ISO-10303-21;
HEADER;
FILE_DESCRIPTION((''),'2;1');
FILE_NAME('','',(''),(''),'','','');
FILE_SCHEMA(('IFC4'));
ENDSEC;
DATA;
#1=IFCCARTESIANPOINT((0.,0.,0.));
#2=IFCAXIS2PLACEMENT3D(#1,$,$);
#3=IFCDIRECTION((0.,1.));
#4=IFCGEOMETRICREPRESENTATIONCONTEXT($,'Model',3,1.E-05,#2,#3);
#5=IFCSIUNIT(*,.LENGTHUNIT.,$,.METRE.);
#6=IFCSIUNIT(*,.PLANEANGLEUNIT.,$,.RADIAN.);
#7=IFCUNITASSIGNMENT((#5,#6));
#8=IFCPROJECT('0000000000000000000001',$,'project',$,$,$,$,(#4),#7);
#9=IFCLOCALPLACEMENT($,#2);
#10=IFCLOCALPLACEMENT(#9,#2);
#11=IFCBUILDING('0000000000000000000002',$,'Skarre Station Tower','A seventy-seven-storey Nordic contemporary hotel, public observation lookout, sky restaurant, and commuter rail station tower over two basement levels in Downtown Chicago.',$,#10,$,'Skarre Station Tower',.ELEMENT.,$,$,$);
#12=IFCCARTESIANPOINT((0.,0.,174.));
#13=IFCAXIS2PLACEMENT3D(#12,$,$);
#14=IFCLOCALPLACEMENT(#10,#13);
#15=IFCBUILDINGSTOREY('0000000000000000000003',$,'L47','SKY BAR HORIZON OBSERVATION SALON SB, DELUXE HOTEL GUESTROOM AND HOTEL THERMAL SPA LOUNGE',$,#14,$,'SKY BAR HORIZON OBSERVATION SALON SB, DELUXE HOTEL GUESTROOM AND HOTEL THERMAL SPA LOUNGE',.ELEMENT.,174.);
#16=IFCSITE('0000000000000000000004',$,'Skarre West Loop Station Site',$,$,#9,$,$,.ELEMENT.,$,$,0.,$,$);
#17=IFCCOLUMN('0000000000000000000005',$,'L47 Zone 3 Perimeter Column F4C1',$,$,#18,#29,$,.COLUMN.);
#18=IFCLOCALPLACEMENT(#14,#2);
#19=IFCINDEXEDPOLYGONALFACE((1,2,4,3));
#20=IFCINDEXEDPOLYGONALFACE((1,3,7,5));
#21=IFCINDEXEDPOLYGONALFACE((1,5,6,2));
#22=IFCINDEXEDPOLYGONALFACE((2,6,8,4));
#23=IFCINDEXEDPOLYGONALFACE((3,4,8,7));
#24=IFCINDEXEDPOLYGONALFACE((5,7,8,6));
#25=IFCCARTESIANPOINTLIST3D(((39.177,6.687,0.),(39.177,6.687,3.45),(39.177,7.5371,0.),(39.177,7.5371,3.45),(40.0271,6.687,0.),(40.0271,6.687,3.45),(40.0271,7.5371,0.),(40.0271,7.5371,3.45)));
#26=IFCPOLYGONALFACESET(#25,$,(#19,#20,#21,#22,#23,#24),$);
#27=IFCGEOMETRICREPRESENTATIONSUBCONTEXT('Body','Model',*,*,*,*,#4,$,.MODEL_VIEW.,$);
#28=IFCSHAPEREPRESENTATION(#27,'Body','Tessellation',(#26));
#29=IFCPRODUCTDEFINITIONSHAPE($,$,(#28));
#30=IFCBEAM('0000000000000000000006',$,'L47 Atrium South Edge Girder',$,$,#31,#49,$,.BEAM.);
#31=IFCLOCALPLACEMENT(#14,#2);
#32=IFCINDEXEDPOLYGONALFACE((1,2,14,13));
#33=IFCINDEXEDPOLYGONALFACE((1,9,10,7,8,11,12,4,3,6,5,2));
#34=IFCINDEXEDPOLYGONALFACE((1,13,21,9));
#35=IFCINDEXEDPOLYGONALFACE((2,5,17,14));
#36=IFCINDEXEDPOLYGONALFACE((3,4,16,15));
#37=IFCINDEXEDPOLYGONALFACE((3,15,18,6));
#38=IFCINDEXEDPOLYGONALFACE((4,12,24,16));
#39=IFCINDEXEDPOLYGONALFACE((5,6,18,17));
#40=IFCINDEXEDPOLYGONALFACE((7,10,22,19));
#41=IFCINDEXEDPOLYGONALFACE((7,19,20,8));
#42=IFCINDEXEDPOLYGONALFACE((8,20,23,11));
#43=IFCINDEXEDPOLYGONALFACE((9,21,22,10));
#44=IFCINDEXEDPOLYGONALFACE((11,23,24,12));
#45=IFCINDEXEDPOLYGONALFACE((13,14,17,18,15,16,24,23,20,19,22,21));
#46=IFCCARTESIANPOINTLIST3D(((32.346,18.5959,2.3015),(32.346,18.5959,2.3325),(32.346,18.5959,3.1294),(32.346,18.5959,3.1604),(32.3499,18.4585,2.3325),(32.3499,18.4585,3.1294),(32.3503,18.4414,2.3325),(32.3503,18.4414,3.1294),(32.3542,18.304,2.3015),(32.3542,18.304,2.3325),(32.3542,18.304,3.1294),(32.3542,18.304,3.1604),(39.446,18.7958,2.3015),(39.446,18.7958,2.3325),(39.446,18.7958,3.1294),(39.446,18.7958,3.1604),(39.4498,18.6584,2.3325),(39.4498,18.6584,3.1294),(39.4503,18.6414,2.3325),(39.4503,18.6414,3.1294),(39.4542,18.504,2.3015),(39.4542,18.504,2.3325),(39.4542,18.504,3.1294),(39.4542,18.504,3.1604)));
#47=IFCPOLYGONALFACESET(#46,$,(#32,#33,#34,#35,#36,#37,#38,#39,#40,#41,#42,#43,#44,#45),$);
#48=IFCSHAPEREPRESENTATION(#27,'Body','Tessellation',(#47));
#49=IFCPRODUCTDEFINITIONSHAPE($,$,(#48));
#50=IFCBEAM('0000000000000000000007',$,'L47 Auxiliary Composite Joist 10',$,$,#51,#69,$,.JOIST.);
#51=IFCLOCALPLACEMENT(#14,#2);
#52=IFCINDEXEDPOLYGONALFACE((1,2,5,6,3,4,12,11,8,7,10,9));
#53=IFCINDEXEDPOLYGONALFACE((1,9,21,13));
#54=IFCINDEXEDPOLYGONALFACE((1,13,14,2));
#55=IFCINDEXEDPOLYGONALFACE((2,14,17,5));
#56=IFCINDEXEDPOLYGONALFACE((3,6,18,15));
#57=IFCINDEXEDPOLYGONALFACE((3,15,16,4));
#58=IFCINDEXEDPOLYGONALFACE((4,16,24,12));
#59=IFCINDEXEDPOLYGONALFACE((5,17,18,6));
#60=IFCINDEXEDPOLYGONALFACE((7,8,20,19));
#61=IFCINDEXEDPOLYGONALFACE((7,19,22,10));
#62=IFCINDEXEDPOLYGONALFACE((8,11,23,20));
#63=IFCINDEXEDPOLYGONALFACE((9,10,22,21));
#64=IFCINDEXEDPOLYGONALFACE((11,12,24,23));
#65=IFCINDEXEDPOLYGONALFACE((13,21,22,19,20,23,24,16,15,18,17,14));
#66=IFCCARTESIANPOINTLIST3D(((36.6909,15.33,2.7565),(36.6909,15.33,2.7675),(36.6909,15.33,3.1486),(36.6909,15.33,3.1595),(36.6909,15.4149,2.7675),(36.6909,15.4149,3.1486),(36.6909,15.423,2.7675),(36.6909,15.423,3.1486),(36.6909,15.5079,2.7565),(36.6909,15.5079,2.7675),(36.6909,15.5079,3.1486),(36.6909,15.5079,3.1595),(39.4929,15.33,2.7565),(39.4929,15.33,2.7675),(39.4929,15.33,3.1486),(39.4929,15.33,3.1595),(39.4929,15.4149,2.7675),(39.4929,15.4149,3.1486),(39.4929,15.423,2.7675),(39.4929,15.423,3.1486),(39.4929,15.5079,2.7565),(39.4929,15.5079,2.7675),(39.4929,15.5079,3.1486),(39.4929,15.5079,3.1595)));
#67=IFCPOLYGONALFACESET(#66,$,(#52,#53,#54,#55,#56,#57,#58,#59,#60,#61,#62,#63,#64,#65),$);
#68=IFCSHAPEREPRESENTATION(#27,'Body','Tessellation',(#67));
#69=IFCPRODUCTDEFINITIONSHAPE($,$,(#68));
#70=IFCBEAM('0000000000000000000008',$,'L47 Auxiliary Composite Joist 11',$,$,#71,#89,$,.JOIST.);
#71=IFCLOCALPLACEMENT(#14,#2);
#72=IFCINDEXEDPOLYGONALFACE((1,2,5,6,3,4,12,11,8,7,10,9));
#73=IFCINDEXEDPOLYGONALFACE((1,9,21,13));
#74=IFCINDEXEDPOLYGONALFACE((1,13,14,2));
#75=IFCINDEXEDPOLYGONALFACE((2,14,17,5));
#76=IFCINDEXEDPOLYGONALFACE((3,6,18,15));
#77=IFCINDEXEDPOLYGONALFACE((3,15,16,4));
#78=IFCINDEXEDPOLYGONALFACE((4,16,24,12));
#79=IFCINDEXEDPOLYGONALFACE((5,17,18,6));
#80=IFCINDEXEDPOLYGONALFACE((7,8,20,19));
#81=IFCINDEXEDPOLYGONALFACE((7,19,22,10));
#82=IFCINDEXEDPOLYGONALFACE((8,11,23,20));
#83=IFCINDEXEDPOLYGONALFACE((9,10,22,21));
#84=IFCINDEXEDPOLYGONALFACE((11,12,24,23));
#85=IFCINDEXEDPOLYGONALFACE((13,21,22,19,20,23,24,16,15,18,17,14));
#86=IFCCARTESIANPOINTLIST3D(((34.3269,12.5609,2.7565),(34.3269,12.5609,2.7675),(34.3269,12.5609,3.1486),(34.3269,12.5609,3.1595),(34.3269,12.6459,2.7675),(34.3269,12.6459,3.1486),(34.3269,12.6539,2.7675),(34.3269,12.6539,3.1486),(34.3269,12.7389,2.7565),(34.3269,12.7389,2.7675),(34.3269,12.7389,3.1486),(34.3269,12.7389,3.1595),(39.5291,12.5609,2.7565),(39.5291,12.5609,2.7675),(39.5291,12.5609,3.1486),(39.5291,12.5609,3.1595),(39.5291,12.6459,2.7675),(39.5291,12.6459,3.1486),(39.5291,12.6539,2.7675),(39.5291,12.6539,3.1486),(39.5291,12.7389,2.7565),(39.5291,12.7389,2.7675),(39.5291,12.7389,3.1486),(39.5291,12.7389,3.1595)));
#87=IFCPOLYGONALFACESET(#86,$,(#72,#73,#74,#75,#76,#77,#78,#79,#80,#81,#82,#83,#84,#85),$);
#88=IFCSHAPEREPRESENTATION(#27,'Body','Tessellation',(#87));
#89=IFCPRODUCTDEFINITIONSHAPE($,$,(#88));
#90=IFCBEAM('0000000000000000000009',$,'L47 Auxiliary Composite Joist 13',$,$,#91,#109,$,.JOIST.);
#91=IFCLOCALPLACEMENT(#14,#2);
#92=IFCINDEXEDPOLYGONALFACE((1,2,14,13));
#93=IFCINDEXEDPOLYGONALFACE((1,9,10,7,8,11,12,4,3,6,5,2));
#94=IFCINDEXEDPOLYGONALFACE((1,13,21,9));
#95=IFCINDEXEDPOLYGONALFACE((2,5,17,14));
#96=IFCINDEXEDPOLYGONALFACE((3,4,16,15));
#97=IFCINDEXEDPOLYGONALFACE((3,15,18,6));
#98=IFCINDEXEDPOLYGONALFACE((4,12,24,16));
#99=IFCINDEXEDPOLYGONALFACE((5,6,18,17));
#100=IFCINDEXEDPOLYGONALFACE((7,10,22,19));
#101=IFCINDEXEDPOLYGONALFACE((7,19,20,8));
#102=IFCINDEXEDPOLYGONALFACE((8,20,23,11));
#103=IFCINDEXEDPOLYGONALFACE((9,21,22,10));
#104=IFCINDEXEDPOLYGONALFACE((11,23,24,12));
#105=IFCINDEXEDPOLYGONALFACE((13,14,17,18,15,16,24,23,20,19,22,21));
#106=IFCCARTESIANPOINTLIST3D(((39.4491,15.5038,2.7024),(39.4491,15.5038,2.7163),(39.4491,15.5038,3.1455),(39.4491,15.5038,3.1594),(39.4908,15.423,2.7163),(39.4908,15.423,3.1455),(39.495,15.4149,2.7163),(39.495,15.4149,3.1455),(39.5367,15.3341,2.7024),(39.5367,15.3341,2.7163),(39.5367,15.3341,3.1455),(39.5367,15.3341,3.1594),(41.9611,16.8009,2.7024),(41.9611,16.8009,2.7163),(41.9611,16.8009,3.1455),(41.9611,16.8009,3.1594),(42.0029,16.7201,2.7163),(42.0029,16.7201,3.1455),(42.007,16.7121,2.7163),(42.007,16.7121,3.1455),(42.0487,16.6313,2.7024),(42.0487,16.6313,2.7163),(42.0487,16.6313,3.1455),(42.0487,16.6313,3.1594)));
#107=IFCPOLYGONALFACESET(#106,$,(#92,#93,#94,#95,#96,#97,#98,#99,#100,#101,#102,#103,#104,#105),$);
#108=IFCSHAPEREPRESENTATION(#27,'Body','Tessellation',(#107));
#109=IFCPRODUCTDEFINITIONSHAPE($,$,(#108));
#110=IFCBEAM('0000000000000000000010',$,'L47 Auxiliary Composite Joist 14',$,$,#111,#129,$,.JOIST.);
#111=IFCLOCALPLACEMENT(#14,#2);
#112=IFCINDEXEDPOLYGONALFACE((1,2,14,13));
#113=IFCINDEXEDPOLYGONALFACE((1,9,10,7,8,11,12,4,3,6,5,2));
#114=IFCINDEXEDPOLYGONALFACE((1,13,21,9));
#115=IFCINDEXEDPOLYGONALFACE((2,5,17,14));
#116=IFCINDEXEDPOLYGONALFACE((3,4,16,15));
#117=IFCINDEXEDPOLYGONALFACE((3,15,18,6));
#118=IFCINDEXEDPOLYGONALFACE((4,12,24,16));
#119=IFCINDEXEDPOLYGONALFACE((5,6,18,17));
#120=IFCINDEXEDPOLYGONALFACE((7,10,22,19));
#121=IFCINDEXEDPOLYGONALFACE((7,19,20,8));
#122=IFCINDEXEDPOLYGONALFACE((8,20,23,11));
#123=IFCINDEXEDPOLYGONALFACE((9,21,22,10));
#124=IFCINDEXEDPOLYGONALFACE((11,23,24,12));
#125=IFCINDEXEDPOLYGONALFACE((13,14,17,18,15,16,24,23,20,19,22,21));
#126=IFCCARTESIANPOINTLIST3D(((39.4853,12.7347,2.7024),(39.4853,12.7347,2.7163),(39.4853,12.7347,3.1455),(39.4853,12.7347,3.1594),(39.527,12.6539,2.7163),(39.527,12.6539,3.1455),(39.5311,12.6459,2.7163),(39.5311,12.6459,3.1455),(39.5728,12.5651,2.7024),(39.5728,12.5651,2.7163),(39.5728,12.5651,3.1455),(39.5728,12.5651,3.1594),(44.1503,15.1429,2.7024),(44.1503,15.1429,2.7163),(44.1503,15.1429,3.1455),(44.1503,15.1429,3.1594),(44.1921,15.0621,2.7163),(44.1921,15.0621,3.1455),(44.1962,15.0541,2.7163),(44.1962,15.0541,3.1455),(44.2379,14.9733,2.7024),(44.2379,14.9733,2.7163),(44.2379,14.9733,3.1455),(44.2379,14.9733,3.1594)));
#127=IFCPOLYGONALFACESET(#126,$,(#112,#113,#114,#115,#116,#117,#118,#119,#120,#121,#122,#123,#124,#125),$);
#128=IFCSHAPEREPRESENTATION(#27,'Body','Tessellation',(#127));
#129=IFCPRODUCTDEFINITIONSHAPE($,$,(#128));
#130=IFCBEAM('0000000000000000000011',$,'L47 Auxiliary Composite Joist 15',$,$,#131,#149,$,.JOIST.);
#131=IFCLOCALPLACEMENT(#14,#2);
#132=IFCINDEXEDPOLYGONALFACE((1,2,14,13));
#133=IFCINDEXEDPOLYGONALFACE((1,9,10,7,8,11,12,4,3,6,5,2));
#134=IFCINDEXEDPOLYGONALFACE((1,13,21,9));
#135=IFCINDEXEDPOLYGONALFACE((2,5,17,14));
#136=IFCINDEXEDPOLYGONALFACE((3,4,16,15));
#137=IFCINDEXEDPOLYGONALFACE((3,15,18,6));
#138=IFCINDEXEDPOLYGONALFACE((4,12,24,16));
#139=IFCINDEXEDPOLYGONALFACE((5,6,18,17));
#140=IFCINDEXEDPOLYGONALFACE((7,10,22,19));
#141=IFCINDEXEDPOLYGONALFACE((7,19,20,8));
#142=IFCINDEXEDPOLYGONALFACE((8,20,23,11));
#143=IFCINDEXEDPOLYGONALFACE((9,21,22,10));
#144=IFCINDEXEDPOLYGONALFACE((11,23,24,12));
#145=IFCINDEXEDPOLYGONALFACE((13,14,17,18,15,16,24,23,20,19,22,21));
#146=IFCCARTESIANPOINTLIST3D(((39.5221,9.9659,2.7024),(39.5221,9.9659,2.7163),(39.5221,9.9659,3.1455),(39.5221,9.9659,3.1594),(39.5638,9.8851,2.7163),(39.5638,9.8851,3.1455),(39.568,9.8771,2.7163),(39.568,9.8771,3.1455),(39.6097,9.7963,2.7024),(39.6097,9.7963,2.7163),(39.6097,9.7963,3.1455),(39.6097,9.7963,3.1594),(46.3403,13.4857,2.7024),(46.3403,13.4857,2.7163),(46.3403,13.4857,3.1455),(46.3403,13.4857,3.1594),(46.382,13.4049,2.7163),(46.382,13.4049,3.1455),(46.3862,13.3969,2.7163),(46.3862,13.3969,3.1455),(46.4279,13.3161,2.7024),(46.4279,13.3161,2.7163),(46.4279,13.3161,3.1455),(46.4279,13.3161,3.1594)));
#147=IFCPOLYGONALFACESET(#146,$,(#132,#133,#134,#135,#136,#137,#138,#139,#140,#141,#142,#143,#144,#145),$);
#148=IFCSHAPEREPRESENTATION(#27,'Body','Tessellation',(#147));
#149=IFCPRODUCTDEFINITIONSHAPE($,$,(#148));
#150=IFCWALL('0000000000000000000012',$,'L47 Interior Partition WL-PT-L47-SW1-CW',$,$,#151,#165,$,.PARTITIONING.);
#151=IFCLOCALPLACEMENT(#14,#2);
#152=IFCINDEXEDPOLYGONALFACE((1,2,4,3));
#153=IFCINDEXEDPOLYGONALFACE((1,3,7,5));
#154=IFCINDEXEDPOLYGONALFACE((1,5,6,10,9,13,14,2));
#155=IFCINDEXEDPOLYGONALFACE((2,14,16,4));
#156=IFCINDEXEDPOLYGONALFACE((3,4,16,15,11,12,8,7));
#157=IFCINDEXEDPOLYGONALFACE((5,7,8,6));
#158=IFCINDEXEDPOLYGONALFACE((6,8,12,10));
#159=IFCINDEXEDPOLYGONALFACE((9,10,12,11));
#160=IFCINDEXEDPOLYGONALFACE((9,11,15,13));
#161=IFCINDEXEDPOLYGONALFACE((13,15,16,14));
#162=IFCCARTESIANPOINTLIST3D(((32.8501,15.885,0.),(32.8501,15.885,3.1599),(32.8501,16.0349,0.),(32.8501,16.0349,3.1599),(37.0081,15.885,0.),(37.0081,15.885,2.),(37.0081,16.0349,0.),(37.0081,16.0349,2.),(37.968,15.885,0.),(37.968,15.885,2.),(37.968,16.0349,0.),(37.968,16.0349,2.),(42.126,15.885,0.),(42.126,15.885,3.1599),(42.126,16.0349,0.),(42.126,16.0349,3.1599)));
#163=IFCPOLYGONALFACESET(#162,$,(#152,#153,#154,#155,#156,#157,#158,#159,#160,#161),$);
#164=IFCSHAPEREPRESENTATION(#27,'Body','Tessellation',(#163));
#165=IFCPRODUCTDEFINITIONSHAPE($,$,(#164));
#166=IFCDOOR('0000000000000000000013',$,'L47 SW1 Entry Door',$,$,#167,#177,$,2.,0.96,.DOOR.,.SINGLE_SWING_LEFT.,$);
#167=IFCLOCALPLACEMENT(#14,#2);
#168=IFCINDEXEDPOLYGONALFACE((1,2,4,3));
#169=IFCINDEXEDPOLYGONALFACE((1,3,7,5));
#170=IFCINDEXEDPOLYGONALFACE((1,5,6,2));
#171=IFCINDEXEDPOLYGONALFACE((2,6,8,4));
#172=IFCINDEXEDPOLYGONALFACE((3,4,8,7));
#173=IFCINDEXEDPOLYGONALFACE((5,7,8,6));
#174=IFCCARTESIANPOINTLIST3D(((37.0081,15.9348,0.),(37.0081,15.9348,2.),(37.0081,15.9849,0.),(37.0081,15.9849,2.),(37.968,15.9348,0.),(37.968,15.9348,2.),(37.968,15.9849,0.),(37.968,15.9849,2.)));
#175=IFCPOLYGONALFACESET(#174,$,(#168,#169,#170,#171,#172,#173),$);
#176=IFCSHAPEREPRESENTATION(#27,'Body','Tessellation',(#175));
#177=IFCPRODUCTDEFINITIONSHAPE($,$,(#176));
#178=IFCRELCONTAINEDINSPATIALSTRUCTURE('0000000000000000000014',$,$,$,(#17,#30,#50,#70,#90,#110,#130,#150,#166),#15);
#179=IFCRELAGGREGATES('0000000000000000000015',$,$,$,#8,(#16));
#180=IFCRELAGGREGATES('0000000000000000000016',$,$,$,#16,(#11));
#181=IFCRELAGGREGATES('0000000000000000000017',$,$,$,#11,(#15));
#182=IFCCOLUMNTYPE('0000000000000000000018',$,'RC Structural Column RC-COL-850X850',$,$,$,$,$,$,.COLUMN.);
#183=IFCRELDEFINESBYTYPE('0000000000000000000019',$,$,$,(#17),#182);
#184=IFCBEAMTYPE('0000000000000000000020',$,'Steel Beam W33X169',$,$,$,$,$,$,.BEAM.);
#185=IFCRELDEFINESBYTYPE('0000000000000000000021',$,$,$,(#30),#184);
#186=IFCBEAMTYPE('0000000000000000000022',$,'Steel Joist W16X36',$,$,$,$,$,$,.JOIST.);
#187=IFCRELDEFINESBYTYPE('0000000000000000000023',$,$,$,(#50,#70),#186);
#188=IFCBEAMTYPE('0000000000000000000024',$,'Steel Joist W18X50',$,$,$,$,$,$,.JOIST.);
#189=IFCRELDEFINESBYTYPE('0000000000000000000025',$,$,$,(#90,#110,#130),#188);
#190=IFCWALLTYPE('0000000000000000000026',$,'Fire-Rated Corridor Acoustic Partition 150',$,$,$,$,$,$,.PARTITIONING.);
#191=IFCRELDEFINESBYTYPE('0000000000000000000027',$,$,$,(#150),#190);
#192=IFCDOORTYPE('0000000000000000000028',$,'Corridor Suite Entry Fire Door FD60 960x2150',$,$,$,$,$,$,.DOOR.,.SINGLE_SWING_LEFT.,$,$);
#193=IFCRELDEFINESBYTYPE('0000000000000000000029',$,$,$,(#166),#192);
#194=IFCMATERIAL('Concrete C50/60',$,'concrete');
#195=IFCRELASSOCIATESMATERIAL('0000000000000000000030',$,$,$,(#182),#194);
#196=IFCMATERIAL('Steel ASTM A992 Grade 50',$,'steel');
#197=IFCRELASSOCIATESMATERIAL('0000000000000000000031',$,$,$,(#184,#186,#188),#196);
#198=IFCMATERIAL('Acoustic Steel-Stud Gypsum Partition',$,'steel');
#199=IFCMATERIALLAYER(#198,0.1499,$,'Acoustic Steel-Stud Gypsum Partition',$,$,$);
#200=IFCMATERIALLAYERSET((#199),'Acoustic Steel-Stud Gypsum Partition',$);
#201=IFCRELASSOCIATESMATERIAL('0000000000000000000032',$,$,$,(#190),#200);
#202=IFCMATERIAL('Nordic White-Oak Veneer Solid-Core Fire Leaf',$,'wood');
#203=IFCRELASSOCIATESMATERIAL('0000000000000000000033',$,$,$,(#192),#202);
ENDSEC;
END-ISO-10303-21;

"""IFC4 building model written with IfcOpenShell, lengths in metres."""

from ifc_helpers import new_model, si_unit, direction, frame, frame_2d, origin, origin_2d, place, context, subcontext, project, spatial, rectangle, i_section, extrude, material, layer, layer_set, material_profile, profile_set, type_object, element, fill, save


model = new_model("IFC4")

# Units and contexts
model_context = context("Model", 3, precision=1e-05, world=origin(), true_north=direction((0.0, 1.0)))
body_context = subcontext(model_context, "Body", "Model", "MODEL_VIEW")
ifc_project = project(units=[si_unit("LENGTHUNIT", "METRE"), si_unit("PLANEANGLEUNIT", "RADIAN")], contexts=[model_context])

# Site, building, storey
site_placement = place(None, origin())
site = spatial("IfcSite", under=ifc_project, at=site_placement, Name="Skarre West Loop Station Site", CompositionType="ELEMENT", RefElevation=0.0)
building_placement = place(site_placement, origin())
building = spatial("IfcBuilding", under=site, at=building_placement, Name="Skarre Station Tower", Description="A seventy-seven-storey Nordic contemporary hotel, public observation lookout, sky restaurant, and commuter rail station tower over two basement levels in Downtown Chicago.", LongName="Skarre Station Tower", CompositionType="ELEMENT")
storey_placement = place(building_placement, frame((0.0, 0.0, 174.0)))
storey = spatial("IfcBuildingStorey", under=building, at=storey_placement, Name="L47", Description="SKY BAR HORIZON OBSERVATION SALON SB, DELUXE HOTEL GUESTROOM AND HOTEL THERMAL SPA LOUNGE", LongName="SKY BAR HORIZON OBSERVATION SALON SB, DELUXE HOTEL GUESTROOM AND HOTEL THERMAL SPA LOUNGE", CompositionType="ELEMENT", Elevation=174.0)

# Column
ifc_material_1 = material(Name="Concrete C50/60", Category="concrete")
ifc_material_profile_1 = material_profile(ifc_material_1, rectangle(XDim=0.8501, YDim=0.8501, at=origin_2d()), Name="Concrete C50/60")
ifc_profile_set_1 = profile_set([ifc_material_profile_1], Name="Concrete C50/60")
column_type = type_object("IfcColumnType", Name="RC Structural Column RC-COL-850X850", PredefinedType="COLUMN", material=ifc_profile_set_1)
column_placement = place(storey_placement, frame((39.6021, 7.1121, 0.0), z_axis=(0.0, 0.0, 1.0), x_axis=(1.0, 0.0, 0.0)))
element("IfcColumn", 1, at=column_placement, inside=storey, type_object=column_type, Name="L47 Zone 3 Perimeter Column F4C1", PredefinedType="COLUMN", context=body_context, shape_type="SweptSolid", body=[
    extrude(rectangle(XDim=0.8501, YDim=0.8501, at=origin_2d()), origin(), (0.0, 0.0, 1.0), 3.45),
])

# Beams
ifc_material_2 = material(Name="Steel ASTM A992 Grade 50", Category="steel")
ifc_material_profile_2 = material_profile(ifc_material_2, i_section(OverallWidth=0.292, OverallDepth=0.8589, WebThickness=0.0171, FlangeThickness=0.031, at=origin_2d()), Name="Steel ASTM A992 Grade 50")
ifc_profile_set_2 = profile_set([ifc_material_profile_2], Name="Steel ASTM A992 Grade 50")
beam_type_1 = type_object("IfcBeamType", Name="Steel Beam W33X169", PredefinedType="BEAM", material=ifc_profile_set_2)
beam_1_placement = place(storey_placement, frame((32.3501, 18.45, 2.731), z_axis=(0.999604, 0.028152, 0.0), x_axis=(-0.028152, 0.999604, 0.0)))
element("IfcBeam", 2, at=beam_1_placement, inside=storey, type_object=beam_type_1, Name="L47 Atrium South Edge Girder", PredefinedType="BEAM", context=body_context, shape_type="SweptSolid", body=[
    extrude(i_section(OverallWidth=0.292, OverallDepth=0.8589, WebThickness=0.0171, FlangeThickness=0.031, at=origin_2d()), origin(), (0.0, 0.0, 1.0), 7.1028),
])
ifc_material_profile_3 = material_profile(ifc_material_2, i_section(OverallWidth=0.178, OverallDepth=0.4031, WebThickness=0.0081, FlangeThickness=0.011, at=origin_2d()), Name="Steel ASTM A992 Grade 50")
ifc_profile_set_3 = profile_set([ifc_material_profile_3], Name="Steel ASTM A992 Grade 50")
beam_type_2 = type_object("IfcBeamType", Name="Steel Joist W16X36", PredefinedType="JOIST", material=ifc_profile_set_3)
beam_2_placement = place(storey_placement, frame((36.6909, 15.4189, 2.958), z_axis=(1.0, 0.0, 0.0), x_axis=(0.0, 1.0, 0.0)))
element("IfcBeam", 3, at=beam_2_placement, inside=storey, type_object=beam_type_2, Name="L47 Auxiliary Composite Joist 10", PredefinedType="JOIST", context=body_context, shape_type="SweptSolid", body=[
    extrude(i_section(OverallWidth=0.178, OverallDepth=0.4031, WebThickness=0.0081, FlangeThickness=0.011, at=origin_2d()), origin(), (0.0, 0.0, 1.0), 2.802),
])
beam_3_placement = place(storey_placement, frame((34.3269, 12.6499, 2.958), z_axis=(1.0, 0.0, 0.0), x_axis=(0.0, 1.0, 0.0)))
element("IfcBeam", 4, at=beam_3_placement, inside=storey, type_object=beam_type_2, Name="L47 Auxiliary Composite Joist 11", PredefinedType="JOIST", context=body_context, shape_type="SweptSolid", body=[
    extrude(i_section(OverallWidth=0.178, OverallDepth=0.4031, WebThickness=0.0081, FlangeThickness=0.011, at=origin_2d()), origin(), (0.0, 0.0, 1.0), 5.2021),
])
ifc_material_profile_4 = material_profile(ifc_material_2, i_section(OverallWidth=0.1909, OverallDepth=0.457, WebThickness=0.009, FlangeThickness=0.0139, at=origin_2d()), Name="Steel ASTM A992 Grade 50")
ifc_profile_set_4 = profile_set([ifc_material_profile_4], Name="Steel ASTM A992 Grade 50")
beam_type_3 = type_object("IfcBeamType", Name="Steel Joist W18X50", PredefinedType="JOIST", material=ifc_profile_set_4)
beam_4_placement = place(storey_placement, frame((39.4929, 15.4189, 2.9309), z_axis=(0.888531, 0.458817, 0.0), x_axis=(-0.458817, 0.888531, 0.0)))
element("IfcBeam", 5, at=beam_4_placement, inside=storey, type_object=beam_type_3, Name="L47 Auxiliary Composite Joist 13", PredefinedType="JOIST", context=body_context, shape_type="SweptSolid", body=[
    extrude(i_section(OverallWidth=0.1909, OverallDepth=0.457, WebThickness=0.009, FlangeThickness=0.0139, at=origin_2d()), origin(), (0.0, 0.0, 1.0), 2.8271),
])
beam_5_placement = place(storey_placement, frame((39.5291, 12.6499, 2.9309), z_axis=(0.888586, 0.458709, 0.0), x_axis=(-0.458709, 0.888586, 0.0)))
element("IfcBeam", 6, at=beam_5_placement, inside=storey, type_object=beam_type_3, Name="L47 Auxiliary Composite Joist 14", PredefinedType="JOIST", context=body_context, shape_type="SweptSolid", body=[
    extrude(i_section(OverallWidth=0.1909, OverallDepth=0.457, WebThickness=0.009, FlangeThickness=0.0139, at=origin_2d()), origin(), (0.0, 0.0, 1.0), 5.25),
])
beam_6_placement = place(storey_placement, frame((39.5659, 9.8811, 2.9309), z_axis=(0.888581, 0.45872, 0.0), x_axis=(-0.45872, 0.888581, 0.0)))
element("IfcBeam", 7, at=beam_6_placement, inside=storey, type_object=beam_type_3, Name="L47 Auxiliary Composite Joist 15", PredefinedType="JOIST", context=body_context, shape_type="SweptSolid", body=[
    extrude(i_section(OverallWidth=0.1909, OverallDepth=0.457, WebThickness=0.009, FlangeThickness=0.0139, at=origin_2d()), origin(), (0.0, 0.0, 1.0), 7.6731),
])

# Wall, opening, door
ifc_material_3 = material(Name="Acoustic Steel-Stud Gypsum Partition", Category="steel")
ifc_layer_1 = layer(ifc_material_3, 0.1499, Name="Acoustic Steel-Stud Gypsum Partition")
ifc_layer_set_1 = layer_set([ifc_layer_1], Name="Acoustic Steel-Stud Gypsum Partition")
wall_type_1 = type_object("IfcWallType", Name="Fire-Rated Corridor Acoustic Partition 150", PredefinedType="PARTITIONING", material=ifc_layer_set_1)
wall_1_placement = place(storey_placement, frame((32.8501, 15.96, 0.0), z_axis=(0.0, 0.0, 1.0), x_axis=(1.0, 0.0, 0.0)))
wall_1 = element("IfcWall", 8, at=wall_1_placement, inside=storey, type_object=wall_type_1, Name="L47 Interior Partition WL-PT-L47-SW1-CW", PredefinedType="PARTITIONING", context=body_context, shape_type="SweptSolid", body=[
    extrude(rectangle(XDim=9.2759, YDim=0.1499, at=frame_2d((4.6379, 0.0))), origin(), (0.0, 0.0, 1.0), 3.1599),
])
opening_1_placement = place(wall_1_placement, frame((4.158, 0.0, 0.0)))
opening_1 = element("IfcOpeningElement", 9, at=opening_1_placement, cuts=wall_1, PredefinedType="OPENING", context=body_context, shape_type="SweptSolid", body=[
    extrude(rectangle(XDim=0.96, YDim=2.0, at=frame_2d((0.48, 1.0))), frame((0.0, 0.085, 0.0), z_axis=(0.0, -1.0, 0.0), x_axis=(1.0, 0.0, 0.0)), (0.0, 0.0, 1.0), 0.1699),
])
ifc_material_4 = material(Name="Nordic White-Oak Veneer Solid-Core Fire Leaf", Category="wood")
door_type_1 = type_object("IfcDoorType", Name="Corridor Suite Entry Fire Door FD60 960x2150", OperationType="SINGLE_SWING_LEFT", PredefinedType="DOOR", material=ifc_material_4)
door_1_placement = place(opening_1_placement, origin())
door_1 = element("IfcDoor", 10, at=door_1_placement, inside=storey, type_object=door_type_1, Name="L47 SW1 Entry Door", OperationType="SINGLE_SWING_LEFT", OverallHeight=2.0, OverallWidth=0.96, PredefinedType="DOOR", context=body_context, shape_type="SweptSolid", body=[
    extrude(rectangle(XDim=0.96, YDim=2.0, at=frame_2d((0.48, 1.0))), frame((0.0, 0.0249, 0.0), z_axis=(0.0, -1.0, 0.0), x_axis=(1.0, 0.0, 0.0)), (0.0, 0.0, 1.0), 0.05),
])
fill(opening_1, door_1)

save(model, "model.ifc")
